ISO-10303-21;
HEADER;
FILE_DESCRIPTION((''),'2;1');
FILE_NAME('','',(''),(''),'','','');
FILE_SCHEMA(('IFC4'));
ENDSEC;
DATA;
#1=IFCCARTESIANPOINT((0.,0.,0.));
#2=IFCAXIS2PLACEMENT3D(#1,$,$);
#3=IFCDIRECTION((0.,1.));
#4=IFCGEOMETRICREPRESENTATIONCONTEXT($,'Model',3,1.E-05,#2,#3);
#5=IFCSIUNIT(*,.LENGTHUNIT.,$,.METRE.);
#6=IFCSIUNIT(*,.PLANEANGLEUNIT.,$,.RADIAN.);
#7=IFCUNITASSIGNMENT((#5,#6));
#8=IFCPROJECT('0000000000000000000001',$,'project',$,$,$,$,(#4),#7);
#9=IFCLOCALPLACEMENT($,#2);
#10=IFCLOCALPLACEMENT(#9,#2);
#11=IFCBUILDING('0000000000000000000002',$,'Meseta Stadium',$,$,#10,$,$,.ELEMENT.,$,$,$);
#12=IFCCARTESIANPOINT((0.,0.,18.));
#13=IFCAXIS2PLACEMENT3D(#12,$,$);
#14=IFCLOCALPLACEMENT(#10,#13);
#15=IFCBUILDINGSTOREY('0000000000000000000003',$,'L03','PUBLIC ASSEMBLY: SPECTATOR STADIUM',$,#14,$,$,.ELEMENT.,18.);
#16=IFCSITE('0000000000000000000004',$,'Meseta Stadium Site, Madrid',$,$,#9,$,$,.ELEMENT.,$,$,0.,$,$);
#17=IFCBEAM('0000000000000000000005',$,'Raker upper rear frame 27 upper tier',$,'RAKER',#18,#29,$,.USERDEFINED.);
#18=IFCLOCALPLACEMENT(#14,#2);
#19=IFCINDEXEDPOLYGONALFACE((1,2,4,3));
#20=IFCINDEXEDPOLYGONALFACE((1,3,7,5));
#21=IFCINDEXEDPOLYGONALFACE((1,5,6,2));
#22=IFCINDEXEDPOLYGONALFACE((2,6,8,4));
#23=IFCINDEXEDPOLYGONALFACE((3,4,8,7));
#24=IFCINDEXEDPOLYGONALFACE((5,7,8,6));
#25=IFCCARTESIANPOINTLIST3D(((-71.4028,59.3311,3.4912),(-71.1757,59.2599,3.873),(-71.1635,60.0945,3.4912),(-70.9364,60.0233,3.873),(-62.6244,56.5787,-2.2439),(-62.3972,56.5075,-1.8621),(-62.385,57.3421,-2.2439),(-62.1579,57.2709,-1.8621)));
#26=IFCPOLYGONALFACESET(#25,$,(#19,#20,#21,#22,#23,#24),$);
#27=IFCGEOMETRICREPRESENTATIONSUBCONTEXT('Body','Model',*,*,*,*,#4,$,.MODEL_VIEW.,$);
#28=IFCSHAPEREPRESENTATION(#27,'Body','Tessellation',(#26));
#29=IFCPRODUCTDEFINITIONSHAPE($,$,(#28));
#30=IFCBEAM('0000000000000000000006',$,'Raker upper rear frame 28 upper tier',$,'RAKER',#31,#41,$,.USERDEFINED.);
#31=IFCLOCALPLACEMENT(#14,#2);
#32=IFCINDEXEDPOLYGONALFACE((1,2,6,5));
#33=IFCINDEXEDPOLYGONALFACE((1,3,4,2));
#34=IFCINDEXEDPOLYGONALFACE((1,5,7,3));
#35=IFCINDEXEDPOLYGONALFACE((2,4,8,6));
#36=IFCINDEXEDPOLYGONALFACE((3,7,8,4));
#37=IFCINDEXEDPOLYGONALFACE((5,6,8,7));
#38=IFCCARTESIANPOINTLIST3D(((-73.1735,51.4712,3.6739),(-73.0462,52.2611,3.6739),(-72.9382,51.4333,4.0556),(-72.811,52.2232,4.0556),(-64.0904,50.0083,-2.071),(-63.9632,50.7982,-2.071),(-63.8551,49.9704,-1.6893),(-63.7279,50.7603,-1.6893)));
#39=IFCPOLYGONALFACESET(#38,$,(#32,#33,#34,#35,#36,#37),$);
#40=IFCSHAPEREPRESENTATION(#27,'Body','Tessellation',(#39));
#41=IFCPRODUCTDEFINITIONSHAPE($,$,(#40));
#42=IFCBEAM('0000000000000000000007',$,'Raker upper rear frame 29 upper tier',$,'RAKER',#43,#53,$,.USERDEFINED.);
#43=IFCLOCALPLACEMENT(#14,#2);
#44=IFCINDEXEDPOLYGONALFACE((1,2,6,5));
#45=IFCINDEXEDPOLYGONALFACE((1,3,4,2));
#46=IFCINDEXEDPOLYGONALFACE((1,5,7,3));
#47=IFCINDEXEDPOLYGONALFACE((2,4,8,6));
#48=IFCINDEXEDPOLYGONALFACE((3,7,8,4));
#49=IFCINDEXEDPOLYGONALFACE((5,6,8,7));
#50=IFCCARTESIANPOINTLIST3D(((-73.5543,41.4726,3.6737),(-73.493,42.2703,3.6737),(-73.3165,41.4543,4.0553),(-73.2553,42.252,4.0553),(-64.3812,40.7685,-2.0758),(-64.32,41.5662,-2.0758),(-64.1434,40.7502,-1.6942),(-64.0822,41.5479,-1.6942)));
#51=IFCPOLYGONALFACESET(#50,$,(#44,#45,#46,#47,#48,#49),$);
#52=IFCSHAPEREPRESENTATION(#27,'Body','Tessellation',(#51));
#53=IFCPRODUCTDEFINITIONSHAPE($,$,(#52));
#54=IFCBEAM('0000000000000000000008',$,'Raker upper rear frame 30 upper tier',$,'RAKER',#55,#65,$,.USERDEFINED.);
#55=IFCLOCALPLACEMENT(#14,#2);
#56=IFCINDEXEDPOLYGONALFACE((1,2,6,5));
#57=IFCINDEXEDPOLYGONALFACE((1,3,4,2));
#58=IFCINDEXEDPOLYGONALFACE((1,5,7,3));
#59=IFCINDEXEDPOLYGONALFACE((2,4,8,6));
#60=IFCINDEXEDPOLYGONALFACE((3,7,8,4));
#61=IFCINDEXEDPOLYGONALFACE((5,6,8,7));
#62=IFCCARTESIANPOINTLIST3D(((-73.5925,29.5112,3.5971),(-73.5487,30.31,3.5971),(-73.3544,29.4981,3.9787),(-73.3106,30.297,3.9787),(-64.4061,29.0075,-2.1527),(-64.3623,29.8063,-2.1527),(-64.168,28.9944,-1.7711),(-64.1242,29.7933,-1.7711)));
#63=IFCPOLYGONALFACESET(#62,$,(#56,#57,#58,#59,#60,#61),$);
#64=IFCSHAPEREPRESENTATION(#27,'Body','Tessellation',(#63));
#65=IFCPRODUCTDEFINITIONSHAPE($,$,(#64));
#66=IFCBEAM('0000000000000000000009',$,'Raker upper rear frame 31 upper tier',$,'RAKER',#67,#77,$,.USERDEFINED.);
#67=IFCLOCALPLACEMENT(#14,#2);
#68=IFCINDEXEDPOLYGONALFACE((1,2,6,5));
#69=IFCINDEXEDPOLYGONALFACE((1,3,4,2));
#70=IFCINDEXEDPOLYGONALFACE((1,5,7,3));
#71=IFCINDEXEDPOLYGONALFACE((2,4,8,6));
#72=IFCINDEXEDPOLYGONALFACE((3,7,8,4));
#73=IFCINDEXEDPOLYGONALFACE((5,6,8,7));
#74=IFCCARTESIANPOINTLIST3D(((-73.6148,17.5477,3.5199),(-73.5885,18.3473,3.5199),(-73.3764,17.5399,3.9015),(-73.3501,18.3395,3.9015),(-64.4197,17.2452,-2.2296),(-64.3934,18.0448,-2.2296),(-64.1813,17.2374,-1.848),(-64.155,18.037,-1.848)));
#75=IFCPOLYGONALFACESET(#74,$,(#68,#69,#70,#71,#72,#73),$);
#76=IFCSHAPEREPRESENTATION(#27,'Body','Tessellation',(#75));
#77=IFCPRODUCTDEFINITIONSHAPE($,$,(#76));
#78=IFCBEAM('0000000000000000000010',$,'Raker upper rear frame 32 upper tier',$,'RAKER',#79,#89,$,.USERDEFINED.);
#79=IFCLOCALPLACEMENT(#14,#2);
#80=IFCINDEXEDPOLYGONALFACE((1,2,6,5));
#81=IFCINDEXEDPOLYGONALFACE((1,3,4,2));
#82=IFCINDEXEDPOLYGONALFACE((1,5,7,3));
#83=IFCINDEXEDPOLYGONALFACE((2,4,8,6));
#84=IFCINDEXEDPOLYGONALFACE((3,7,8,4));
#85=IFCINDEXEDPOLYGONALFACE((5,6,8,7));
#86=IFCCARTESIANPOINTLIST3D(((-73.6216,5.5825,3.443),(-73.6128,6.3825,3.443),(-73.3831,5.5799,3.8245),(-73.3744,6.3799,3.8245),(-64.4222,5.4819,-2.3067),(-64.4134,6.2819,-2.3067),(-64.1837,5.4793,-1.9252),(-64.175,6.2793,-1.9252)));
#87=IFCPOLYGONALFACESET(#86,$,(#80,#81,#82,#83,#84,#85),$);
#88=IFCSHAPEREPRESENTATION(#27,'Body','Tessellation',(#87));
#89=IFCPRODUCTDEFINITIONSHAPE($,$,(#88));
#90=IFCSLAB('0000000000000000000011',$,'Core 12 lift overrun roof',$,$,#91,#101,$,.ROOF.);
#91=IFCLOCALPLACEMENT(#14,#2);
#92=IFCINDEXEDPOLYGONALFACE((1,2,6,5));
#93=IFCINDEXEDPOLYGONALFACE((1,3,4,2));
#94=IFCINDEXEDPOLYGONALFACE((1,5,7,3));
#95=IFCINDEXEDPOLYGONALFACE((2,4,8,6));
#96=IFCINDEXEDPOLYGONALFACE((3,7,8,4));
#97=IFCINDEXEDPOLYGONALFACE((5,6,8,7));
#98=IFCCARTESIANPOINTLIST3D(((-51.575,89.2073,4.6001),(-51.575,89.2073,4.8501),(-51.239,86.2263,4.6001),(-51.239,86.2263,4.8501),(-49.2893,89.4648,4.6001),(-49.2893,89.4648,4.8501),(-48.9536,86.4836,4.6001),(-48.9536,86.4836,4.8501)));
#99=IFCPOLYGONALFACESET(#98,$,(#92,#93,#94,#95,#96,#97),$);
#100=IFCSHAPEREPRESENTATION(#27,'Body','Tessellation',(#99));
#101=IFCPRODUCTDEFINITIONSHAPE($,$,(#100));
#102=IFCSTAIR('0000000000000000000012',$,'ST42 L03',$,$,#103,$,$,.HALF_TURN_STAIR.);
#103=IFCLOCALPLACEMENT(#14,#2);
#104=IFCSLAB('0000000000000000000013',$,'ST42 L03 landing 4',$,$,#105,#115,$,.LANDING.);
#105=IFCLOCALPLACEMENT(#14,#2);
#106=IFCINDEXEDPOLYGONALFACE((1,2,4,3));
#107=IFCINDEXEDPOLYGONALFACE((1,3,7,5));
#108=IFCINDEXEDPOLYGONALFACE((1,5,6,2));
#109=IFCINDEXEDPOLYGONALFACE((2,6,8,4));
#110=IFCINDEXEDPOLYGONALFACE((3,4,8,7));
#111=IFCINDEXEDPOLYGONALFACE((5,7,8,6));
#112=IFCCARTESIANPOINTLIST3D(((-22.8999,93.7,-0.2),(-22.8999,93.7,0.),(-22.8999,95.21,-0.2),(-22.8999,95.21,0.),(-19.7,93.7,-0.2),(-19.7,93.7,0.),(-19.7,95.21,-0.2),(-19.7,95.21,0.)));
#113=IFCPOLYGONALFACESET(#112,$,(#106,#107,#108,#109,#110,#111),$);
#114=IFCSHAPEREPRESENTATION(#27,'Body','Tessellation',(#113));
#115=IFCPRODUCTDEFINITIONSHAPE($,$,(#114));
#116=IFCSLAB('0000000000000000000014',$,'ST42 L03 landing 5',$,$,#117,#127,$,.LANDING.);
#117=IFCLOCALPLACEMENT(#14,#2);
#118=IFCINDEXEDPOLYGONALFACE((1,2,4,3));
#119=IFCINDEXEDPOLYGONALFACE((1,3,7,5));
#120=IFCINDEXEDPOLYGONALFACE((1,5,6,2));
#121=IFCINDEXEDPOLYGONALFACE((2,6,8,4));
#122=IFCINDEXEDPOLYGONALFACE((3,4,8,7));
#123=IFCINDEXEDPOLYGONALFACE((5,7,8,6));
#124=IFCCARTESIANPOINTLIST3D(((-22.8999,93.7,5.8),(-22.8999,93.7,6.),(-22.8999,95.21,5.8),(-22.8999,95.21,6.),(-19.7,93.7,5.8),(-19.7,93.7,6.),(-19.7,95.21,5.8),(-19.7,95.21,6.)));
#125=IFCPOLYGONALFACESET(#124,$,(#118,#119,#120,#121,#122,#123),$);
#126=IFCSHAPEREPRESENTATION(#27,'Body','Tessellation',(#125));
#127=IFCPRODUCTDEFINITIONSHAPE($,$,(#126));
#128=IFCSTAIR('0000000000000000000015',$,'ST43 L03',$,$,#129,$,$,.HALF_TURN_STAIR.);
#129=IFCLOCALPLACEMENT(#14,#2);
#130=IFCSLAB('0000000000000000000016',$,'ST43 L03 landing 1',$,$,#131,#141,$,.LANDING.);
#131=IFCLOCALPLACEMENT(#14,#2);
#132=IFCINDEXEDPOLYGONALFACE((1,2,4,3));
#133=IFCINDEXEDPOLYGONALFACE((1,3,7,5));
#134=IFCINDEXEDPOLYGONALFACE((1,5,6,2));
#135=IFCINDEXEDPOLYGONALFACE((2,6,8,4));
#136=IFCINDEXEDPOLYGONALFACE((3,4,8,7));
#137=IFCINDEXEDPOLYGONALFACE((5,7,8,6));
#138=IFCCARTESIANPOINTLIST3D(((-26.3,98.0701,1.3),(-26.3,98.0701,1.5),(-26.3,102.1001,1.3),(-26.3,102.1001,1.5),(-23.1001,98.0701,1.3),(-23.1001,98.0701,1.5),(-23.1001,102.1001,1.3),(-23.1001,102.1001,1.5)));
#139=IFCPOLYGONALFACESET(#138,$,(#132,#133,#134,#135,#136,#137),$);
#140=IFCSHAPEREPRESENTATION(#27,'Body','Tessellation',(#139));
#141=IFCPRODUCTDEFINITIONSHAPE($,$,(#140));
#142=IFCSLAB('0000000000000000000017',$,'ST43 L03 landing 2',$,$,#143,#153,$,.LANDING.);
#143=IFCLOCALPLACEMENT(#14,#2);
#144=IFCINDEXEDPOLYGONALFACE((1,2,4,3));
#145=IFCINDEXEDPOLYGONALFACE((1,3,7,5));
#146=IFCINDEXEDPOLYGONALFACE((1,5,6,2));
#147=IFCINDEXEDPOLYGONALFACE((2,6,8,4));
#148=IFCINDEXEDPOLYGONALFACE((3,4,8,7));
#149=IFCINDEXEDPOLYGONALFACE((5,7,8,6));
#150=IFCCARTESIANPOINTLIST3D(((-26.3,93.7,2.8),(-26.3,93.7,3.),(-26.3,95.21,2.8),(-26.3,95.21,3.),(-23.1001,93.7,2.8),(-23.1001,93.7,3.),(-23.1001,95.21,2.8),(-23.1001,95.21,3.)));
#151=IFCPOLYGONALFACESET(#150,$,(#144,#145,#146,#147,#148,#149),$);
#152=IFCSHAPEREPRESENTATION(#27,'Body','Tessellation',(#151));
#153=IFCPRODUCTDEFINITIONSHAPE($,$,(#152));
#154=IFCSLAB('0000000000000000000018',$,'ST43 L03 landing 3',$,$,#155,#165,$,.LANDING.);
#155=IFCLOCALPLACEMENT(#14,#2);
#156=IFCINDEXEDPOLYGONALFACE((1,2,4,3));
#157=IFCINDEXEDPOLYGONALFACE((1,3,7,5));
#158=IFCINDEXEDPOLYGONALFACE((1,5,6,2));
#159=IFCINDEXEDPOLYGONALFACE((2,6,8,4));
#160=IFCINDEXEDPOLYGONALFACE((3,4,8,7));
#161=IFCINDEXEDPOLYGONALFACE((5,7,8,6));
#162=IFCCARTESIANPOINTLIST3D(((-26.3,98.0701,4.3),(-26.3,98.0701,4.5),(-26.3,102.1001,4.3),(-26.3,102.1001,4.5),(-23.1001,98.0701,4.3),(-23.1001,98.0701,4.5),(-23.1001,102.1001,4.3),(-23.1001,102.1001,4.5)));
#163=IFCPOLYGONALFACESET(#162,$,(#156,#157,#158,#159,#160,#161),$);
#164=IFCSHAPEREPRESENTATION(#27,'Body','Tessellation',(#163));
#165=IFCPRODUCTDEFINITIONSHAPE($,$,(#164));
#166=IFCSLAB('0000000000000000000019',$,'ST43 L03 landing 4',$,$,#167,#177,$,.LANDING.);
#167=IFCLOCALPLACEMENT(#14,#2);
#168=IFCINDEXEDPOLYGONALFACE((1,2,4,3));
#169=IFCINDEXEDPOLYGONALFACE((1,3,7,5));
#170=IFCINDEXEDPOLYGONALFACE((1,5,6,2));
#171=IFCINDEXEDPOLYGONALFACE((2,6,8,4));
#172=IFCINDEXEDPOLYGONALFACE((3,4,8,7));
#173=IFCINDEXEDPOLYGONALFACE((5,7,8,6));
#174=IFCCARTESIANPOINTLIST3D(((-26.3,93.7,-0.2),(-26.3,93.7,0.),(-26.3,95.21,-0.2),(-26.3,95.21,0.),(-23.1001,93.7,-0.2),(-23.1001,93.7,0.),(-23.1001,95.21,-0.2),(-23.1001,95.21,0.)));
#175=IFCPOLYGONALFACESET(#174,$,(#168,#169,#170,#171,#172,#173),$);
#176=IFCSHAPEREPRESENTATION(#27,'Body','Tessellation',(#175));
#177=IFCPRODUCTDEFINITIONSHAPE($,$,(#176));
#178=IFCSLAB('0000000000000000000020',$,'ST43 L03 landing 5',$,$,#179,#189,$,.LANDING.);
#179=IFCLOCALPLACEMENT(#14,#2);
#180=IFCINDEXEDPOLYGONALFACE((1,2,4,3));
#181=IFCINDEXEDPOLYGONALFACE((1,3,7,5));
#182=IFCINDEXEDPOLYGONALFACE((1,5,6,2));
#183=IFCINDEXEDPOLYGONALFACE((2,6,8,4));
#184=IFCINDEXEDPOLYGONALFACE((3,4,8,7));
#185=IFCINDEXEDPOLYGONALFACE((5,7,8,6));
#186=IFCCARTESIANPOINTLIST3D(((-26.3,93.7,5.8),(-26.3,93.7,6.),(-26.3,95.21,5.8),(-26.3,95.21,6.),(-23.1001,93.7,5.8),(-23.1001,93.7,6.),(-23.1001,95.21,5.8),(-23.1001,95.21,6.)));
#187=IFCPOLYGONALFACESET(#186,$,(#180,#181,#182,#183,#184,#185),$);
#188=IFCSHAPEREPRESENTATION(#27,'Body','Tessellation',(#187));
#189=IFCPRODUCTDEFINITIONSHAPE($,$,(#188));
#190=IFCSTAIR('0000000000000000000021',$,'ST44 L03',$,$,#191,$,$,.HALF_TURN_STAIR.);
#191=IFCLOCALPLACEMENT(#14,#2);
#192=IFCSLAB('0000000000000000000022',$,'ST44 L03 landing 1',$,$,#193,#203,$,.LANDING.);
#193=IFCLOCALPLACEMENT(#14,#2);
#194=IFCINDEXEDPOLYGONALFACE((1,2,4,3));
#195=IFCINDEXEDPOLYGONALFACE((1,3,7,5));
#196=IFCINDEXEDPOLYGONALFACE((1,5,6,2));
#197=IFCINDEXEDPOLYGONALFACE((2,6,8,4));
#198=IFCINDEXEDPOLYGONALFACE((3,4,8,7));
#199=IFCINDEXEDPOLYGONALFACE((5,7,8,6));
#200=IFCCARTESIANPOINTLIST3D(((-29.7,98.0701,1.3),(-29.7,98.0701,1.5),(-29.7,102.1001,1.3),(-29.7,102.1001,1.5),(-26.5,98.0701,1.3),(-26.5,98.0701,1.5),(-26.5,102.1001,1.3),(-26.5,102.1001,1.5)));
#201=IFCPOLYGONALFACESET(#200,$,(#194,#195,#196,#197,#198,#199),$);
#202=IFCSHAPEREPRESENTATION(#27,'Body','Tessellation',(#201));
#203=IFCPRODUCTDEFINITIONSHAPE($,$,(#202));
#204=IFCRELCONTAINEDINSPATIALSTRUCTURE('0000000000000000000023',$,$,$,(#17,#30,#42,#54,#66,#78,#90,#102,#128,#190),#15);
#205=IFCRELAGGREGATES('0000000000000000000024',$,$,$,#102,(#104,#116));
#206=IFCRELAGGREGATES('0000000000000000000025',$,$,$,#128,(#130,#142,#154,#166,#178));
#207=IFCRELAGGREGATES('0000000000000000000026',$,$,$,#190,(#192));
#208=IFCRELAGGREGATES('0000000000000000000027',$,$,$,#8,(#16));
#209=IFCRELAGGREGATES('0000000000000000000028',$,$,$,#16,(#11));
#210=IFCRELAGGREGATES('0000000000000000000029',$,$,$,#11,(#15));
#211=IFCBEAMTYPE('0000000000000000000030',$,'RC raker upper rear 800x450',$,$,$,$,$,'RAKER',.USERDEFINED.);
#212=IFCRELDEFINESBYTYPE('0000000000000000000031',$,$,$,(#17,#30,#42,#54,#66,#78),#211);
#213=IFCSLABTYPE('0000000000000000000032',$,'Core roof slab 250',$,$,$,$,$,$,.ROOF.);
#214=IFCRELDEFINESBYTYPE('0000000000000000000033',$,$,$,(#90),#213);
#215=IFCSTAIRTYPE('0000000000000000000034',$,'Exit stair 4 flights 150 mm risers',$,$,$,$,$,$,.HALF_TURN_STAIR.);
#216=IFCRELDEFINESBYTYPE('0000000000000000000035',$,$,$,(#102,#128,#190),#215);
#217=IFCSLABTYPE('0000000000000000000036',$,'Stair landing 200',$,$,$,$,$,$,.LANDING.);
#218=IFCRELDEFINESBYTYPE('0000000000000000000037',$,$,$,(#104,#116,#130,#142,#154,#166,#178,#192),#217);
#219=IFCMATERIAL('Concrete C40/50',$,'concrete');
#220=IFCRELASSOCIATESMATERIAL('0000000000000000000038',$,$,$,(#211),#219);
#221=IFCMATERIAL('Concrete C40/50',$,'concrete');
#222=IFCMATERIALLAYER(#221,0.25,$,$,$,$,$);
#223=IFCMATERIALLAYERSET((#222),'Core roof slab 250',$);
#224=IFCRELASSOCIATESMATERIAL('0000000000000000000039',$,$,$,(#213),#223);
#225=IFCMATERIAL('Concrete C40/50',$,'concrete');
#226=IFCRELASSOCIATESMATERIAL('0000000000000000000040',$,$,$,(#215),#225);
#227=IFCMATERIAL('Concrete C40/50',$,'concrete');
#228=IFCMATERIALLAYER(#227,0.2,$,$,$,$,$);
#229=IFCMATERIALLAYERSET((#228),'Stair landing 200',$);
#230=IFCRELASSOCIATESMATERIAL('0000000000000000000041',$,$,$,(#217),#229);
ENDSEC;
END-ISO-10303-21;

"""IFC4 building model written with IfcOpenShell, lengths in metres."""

from ifc_helpers import new_model, si_unit, direction, frame, origin, origin_2d, place, context, subcontext, project, spatial, polyline, rectangle, outline, extrude, material, layer, layer_set, material_profile, profile_set, type_object, element, aggregate, save


model = new_model("IFC4")

# Units and contexts
model_context = context("Model", 3, precision=1e-05, world=origin(), true_north=direction((0.0, 1.0)))
body_context = subcontext(model_context, "Body", "Model", "MODEL_VIEW")
ifc_project = project(units=[si_unit("LENGTHUNIT", "METRE"), si_unit("PLANEANGLEUNIT", "RADIAN")], contexts=[model_context])

# Site, building, storey
site_placement = place(None, origin())
site = spatial("IfcSite", under=ifc_project, at=site_placement, Name="Meseta Stadium Site, Madrid", CompositionType="ELEMENT", RefElevation=0.0)
building_placement = place(site_placement, origin())
building = spatial("IfcBuilding", under=site, at=building_placement, Name="Meseta Stadium", CompositionType="ELEMENT")
storey_placement = place(building_placement, frame((0.0, 0.0, 18.0)))
storey = spatial("IfcBuildingStorey", under=building, at=storey_placement, Name="L03", Description="PUBLIC ASSEMBLY: SPECTATOR STADIUM", CompositionType="ELEMENT", Elevation=18.0)

# Beams
ifc_material_1 = material(Name="Concrete C40/50", Category="concrete")
ifc_material_profile = material_profile(ifc_material_1, rectangle(XDim=0.8, YDim=0.45, at=origin_2d()), Name="RC 800x450")
ifc_profile_set = profile_set([ifc_material_profile], Name="Concrete C40/50")
beam_type = type_object("IfcBeamType", Name="RC raker upper rear 800x450", ElementType="RAKER", PredefinedType="USERDEFINED", material=ifc_profile_set)
beam_1_placement = place(storey_placement, frame((-62.3911, 56.9248, -2.053), z_axis=(-0.809745, 0.253888, 0.529013), x_axis=(-0.29918, -0.954197, 0.0)))
element("IfcBeam", 1, at=beam_1_placement, inside=storey, type_object=beam_type, Name="Raker upper rear frame 27 upper tier", ObjectType="RAKER", PredefinedType="USERDEFINED", context=body_context, shape_type="SweptSolid", body=[
    extrude(rectangle(XDim=0.8, YDim=0.45, at=origin_2d()), origin(), (0.0, 0.0, 1.0), 10.8411),
])
beam_2_placement = place(storey_placement, frame((-63.9092, 50.3843, -1.8801), z_axis=(-0.837421, 0.134873, 0.529657), x_axis=(-0.159009, -0.987277, 0.0)))
element("IfcBeam", 2, at=beam_2_placement, inside=storey, type_object=beam_type, Name="Raker upper rear frame 28 upper tier", ObjectType="RAKER", PredefinedType="USERDEFINED", context=body_context, shape_type="SweptSolid", body=[
    extrude(rectangle(XDim=0.8, YDim=0.45, at=origin_2d()), origin(), (0.0, 0.0, 1.0), 10.8464),
])
beam_3_placement = place(storey_placement, frame((-64.2317, 41.1582, -1.885), z_axis=(-0.845533, 0.064901, 0.529963), x_axis=(-0.076532, -0.997067, 0.0)))
element("IfcBeam", 3, at=beam_3_placement, inside=storey, type_object=beam_type, Name="Raker upper rear frame 29 upper tier", ObjectType="RAKER", PredefinedType="USERDEFINED", context=body_context, shape_type="SweptSolid", body=[
    extrude(rectangle(XDim=0.8, YDim=0.45, at=origin_2d()), origin(), (0.0, 0.0, 1.0), 10.8489),
])
beam_4_placement = place(storey_placement, frame((-64.2651, 29.4004, -1.9619), z_axis=(-0.846739, 0.046425, 0.52998), x_axis=(-0.054745, -0.9985, 0.0)))
element("IfcBeam", 4, at=beam_4_placement, inside=storey, type_object=beam_type, Name="Raker upper rear frame 30 upper tier", ObjectType="RAKER", PredefinedType="USERDEFINED", context=body_context, shape_type="SweptSolid", body=[
    extrude(rectangle(XDim=0.8, YDim=0.45, at=origin_2d()), origin(), (0.0, 0.0, 1.0), 10.8491),
])
for number, where, z_axis, x_axis, name in (
    (5, (-64.2874, 17.6411, -2.0388), (-0.847561, 0.027882, 0.529965), (-0.032879, -0.999459, 0.0), "Raker upper rear frame 31 upper tier"),
    (6, (-64.2986, 5.8806, -2.116), (-0.847958, 0.009271, 0.529982), (-0.010933, -0.99994, 0.0), "Raker upper rear frame 32 upper tier"),
):
    element("IfcBeam", number, at=place(storey_placement, frame(where, z_axis=z_axis, x_axis=x_axis)), inside=storey, type_object=beam_type, Name=name, ObjectType="RAKER", PredefinedType="USERDEFINED", context=body_context, shape_type="SweptSolid", body=[
        extrude(rectangle(XDim=0.8, YDim=0.45, at=origin_2d()), origin(), (0.0, 0.0, 1.0), 10.8489),
    ])

# Slab
ifc_material_2 = material(Name="Concrete C40/50", Category="concrete")
ifc_layer_1 = layer(ifc_material_2, 0.25)
ifc_layer_set_1 = layer_set([ifc_layer_1], Name="Core roof slab 250")
slab_type_1 = type_object("IfcSlabType", Name="Core roof slab 250", PredefinedType="ROOF", material=ifc_layer_set_1)
slab_1_placement = place(storey_placement, frame((0.0, 0.0, 4.6001)))
element("IfcSlab", 7, at=slab_1_placement, inside=storey, type_object=slab_type_1, Name="Core 12 lift overrun roof", PredefinedType="ROOF", context=body_context, shape_type="SweptSolid", body=[
    extrude(outline(polyline([(-49.2893, 89.4648), (-48.9536, 86.4836), (-51.239, 86.2263), (-51.575, 89.2073), (-49.2893, 89.4648)])), origin(), (0.0, 0.0, 1.0), 0.25),
])

# Stairs, slabs
ifc_material_3 = material(Name="Concrete C40/50", Category="concrete")
stair_type = type_object("IfcStairType", Name="Exit stair 4 flights 150 mm risers", PredefinedType="HALF_TURN_STAIR", material=ifc_material_3)
stair_1_placement = place(storey_placement, origin())
stair_1 = element("IfcStair", 8, at=stair_1_placement, inside=storey, type_object=stair_type, Name="ST42 L03", PredefinedType="HALF_TURN_STAIR")
ifc_material_4 = material(Name="Concrete C40/50", Category="concrete")
ifc_layer_2 = layer(ifc_material_4, 0.2)
ifc_layer_set_2 = layer_set([ifc_layer_2], Name="Stair landing 200")
slab_type_2 = type_object("IfcSlabType", Name="Stair landing 200", PredefinedType="LANDING", material=ifc_layer_set_2)
slab_2_placement = place(storey_placement, frame((0.0, 0.0, -0.2)))
slab_2 = element("IfcSlab", 9, at=slab_2_placement, type_object=slab_type_2, Name="ST42 L03 landing 4", PredefinedType="LANDING", context=body_context, shape_type="SweptSolid", body=[
    extrude(outline(polyline([(-19.7, 93.7), (-19.7, 95.21), (-22.8999, 95.21), (-22.8999, 93.7), (-19.7, 93.7)])), origin(), (0.0, 0.0, 1.0), 0.2),
])
slab_3_placement = place(storey_placement, frame((0.0, 0.0, 5.8)))
slab_3 = element("IfcSlab", 10, at=slab_3_placement, type_object=slab_type_2, Name="ST42 L03 landing 5", PredefinedType="LANDING", context=body_context, shape_type="SweptSolid", body=[
    extrude(outline(polyline([(-19.7, 93.7), (-19.7, 95.21), (-22.8999, 95.21), (-22.8999, 93.7), (-19.7, 93.7)])), origin(), (0.0, 0.0, 1.0), 0.2),
])
aggregate(stair_1, [slab_2, slab_3])
stair_2_placement = place(storey_placement, origin())
stair_2 = element("IfcStair", 11, at=stair_2_placement, inside=storey, type_object=stair_type, Name="ST43 L03", PredefinedType="HALF_TURN_STAIR")
slab_4_placement = place(storey_placement, frame((0.0, 0.0, 1.3)))
slab_4 = element("IfcSlab", 12, at=slab_4_placement, type_object=slab_type_2, Name="ST43 L03 landing 1", PredefinedType="LANDING", context=body_context, shape_type="SweptSolid", body=[
    extrude(outline(polyline([(-23.1001, 98.0701), (-23.1001, 102.1001), (-26.3, 102.1001), (-26.3, 98.0701), (-23.1001, 98.0701)])), origin(), (0.0, 0.0, 1.0), 0.2),
])
slab_5_placement = place(storey_placement, frame((0.0, 0.0, 2.8)))
slab_5 = element("IfcSlab", 13, at=slab_5_placement, type_object=slab_type_2, Name="ST43 L03 landing 2", PredefinedType="LANDING", context=body_context, shape_type="SweptSolid", body=[
    extrude(outline(polyline([(-23.1001, 93.7), (-23.1001, 95.21), (-26.3, 95.21), (-26.3, 93.7), (-23.1001, 93.7)])), origin(), (0.0, 0.0, 1.0), 0.2),
])
slab_6_placement = place(storey_placement, frame((0.0, 0.0, 4.3)))
slab_6 = element("IfcSlab", 14, at=slab_6_placement, type_object=slab_type_2, Name="ST43 L03 landing 3", PredefinedType="LANDING", context=body_context, shape_type="SweptSolid", body=[
    extrude(outline(polyline([(-23.1001, 98.0701), (-23.1001, 102.1001), (-26.3, 102.1001), (-26.3, 98.0701), (-23.1001, 98.0701)])), origin(), (0.0, 0.0, 1.0), 0.2),
])
slab_7_placement = place(storey_placement, frame((0.0, 0.0, -0.2)))
slab_7 = element("IfcSlab", 15, at=slab_7_placement, type_object=slab_type_2, Name="ST43 L03 landing 4", PredefinedType="LANDING", context=body_context, shape_type="SweptSolid", body=[
    extrude(outline(polyline([(-23.1001, 93.7), (-23.1001, 95.21), (-26.3, 95.21), (-26.3, 93.7), (-23.1001, 93.7)])), origin(), (0.0, 0.0, 1.0), 0.2),
])
slab_8_placement = place(storey_placement, frame((0.0, 0.0, 5.8)))
slab_8 = element("IfcSlab", 16, at=slab_8_placement, type_object=slab_type_2, Name="ST43 L03 landing 5", PredefinedType="LANDING", context=body_context, shape_type="SweptSolid", body=[
    extrude(outline(polyline([(-23.1001, 93.7), (-23.1001, 95.21), (-26.3, 95.21), (-26.3, 93.7), (-23.1001, 93.7)])), origin(), (0.0, 0.0, 1.0), 0.2),
])
aggregate(stair_2, [slab_4, slab_5, slab_6, slab_7, slab_8])
stair_3_placement = place(storey_placement, origin())
stair_3 = element("IfcStair", 17, at=stair_3_placement, inside=storey, type_object=stair_type, Name="ST44 L03", PredefinedType="HALF_TURN_STAIR")
slab_9_placement = place(storey_placement, frame((0.0, 0.0, 1.3)))
slab_9 = element("IfcSlab", 18, at=slab_9_placement, type_object=slab_type_2, Name="ST44 L03 landing 1", PredefinedType="LANDING", context=body_context, shape_type="SweptSolid", body=[
    extrude(outline(polyline([(-26.5, 98.0701), (-26.5, 102.1001), (-29.7, 102.1001), (-29.7, 98.0701), (-26.5, 98.0701)])), origin(), (0.0, 0.0, 1.0), 0.2),
])
aggregate(stair_3, [slab_9])

save(model, "model.ifc")
